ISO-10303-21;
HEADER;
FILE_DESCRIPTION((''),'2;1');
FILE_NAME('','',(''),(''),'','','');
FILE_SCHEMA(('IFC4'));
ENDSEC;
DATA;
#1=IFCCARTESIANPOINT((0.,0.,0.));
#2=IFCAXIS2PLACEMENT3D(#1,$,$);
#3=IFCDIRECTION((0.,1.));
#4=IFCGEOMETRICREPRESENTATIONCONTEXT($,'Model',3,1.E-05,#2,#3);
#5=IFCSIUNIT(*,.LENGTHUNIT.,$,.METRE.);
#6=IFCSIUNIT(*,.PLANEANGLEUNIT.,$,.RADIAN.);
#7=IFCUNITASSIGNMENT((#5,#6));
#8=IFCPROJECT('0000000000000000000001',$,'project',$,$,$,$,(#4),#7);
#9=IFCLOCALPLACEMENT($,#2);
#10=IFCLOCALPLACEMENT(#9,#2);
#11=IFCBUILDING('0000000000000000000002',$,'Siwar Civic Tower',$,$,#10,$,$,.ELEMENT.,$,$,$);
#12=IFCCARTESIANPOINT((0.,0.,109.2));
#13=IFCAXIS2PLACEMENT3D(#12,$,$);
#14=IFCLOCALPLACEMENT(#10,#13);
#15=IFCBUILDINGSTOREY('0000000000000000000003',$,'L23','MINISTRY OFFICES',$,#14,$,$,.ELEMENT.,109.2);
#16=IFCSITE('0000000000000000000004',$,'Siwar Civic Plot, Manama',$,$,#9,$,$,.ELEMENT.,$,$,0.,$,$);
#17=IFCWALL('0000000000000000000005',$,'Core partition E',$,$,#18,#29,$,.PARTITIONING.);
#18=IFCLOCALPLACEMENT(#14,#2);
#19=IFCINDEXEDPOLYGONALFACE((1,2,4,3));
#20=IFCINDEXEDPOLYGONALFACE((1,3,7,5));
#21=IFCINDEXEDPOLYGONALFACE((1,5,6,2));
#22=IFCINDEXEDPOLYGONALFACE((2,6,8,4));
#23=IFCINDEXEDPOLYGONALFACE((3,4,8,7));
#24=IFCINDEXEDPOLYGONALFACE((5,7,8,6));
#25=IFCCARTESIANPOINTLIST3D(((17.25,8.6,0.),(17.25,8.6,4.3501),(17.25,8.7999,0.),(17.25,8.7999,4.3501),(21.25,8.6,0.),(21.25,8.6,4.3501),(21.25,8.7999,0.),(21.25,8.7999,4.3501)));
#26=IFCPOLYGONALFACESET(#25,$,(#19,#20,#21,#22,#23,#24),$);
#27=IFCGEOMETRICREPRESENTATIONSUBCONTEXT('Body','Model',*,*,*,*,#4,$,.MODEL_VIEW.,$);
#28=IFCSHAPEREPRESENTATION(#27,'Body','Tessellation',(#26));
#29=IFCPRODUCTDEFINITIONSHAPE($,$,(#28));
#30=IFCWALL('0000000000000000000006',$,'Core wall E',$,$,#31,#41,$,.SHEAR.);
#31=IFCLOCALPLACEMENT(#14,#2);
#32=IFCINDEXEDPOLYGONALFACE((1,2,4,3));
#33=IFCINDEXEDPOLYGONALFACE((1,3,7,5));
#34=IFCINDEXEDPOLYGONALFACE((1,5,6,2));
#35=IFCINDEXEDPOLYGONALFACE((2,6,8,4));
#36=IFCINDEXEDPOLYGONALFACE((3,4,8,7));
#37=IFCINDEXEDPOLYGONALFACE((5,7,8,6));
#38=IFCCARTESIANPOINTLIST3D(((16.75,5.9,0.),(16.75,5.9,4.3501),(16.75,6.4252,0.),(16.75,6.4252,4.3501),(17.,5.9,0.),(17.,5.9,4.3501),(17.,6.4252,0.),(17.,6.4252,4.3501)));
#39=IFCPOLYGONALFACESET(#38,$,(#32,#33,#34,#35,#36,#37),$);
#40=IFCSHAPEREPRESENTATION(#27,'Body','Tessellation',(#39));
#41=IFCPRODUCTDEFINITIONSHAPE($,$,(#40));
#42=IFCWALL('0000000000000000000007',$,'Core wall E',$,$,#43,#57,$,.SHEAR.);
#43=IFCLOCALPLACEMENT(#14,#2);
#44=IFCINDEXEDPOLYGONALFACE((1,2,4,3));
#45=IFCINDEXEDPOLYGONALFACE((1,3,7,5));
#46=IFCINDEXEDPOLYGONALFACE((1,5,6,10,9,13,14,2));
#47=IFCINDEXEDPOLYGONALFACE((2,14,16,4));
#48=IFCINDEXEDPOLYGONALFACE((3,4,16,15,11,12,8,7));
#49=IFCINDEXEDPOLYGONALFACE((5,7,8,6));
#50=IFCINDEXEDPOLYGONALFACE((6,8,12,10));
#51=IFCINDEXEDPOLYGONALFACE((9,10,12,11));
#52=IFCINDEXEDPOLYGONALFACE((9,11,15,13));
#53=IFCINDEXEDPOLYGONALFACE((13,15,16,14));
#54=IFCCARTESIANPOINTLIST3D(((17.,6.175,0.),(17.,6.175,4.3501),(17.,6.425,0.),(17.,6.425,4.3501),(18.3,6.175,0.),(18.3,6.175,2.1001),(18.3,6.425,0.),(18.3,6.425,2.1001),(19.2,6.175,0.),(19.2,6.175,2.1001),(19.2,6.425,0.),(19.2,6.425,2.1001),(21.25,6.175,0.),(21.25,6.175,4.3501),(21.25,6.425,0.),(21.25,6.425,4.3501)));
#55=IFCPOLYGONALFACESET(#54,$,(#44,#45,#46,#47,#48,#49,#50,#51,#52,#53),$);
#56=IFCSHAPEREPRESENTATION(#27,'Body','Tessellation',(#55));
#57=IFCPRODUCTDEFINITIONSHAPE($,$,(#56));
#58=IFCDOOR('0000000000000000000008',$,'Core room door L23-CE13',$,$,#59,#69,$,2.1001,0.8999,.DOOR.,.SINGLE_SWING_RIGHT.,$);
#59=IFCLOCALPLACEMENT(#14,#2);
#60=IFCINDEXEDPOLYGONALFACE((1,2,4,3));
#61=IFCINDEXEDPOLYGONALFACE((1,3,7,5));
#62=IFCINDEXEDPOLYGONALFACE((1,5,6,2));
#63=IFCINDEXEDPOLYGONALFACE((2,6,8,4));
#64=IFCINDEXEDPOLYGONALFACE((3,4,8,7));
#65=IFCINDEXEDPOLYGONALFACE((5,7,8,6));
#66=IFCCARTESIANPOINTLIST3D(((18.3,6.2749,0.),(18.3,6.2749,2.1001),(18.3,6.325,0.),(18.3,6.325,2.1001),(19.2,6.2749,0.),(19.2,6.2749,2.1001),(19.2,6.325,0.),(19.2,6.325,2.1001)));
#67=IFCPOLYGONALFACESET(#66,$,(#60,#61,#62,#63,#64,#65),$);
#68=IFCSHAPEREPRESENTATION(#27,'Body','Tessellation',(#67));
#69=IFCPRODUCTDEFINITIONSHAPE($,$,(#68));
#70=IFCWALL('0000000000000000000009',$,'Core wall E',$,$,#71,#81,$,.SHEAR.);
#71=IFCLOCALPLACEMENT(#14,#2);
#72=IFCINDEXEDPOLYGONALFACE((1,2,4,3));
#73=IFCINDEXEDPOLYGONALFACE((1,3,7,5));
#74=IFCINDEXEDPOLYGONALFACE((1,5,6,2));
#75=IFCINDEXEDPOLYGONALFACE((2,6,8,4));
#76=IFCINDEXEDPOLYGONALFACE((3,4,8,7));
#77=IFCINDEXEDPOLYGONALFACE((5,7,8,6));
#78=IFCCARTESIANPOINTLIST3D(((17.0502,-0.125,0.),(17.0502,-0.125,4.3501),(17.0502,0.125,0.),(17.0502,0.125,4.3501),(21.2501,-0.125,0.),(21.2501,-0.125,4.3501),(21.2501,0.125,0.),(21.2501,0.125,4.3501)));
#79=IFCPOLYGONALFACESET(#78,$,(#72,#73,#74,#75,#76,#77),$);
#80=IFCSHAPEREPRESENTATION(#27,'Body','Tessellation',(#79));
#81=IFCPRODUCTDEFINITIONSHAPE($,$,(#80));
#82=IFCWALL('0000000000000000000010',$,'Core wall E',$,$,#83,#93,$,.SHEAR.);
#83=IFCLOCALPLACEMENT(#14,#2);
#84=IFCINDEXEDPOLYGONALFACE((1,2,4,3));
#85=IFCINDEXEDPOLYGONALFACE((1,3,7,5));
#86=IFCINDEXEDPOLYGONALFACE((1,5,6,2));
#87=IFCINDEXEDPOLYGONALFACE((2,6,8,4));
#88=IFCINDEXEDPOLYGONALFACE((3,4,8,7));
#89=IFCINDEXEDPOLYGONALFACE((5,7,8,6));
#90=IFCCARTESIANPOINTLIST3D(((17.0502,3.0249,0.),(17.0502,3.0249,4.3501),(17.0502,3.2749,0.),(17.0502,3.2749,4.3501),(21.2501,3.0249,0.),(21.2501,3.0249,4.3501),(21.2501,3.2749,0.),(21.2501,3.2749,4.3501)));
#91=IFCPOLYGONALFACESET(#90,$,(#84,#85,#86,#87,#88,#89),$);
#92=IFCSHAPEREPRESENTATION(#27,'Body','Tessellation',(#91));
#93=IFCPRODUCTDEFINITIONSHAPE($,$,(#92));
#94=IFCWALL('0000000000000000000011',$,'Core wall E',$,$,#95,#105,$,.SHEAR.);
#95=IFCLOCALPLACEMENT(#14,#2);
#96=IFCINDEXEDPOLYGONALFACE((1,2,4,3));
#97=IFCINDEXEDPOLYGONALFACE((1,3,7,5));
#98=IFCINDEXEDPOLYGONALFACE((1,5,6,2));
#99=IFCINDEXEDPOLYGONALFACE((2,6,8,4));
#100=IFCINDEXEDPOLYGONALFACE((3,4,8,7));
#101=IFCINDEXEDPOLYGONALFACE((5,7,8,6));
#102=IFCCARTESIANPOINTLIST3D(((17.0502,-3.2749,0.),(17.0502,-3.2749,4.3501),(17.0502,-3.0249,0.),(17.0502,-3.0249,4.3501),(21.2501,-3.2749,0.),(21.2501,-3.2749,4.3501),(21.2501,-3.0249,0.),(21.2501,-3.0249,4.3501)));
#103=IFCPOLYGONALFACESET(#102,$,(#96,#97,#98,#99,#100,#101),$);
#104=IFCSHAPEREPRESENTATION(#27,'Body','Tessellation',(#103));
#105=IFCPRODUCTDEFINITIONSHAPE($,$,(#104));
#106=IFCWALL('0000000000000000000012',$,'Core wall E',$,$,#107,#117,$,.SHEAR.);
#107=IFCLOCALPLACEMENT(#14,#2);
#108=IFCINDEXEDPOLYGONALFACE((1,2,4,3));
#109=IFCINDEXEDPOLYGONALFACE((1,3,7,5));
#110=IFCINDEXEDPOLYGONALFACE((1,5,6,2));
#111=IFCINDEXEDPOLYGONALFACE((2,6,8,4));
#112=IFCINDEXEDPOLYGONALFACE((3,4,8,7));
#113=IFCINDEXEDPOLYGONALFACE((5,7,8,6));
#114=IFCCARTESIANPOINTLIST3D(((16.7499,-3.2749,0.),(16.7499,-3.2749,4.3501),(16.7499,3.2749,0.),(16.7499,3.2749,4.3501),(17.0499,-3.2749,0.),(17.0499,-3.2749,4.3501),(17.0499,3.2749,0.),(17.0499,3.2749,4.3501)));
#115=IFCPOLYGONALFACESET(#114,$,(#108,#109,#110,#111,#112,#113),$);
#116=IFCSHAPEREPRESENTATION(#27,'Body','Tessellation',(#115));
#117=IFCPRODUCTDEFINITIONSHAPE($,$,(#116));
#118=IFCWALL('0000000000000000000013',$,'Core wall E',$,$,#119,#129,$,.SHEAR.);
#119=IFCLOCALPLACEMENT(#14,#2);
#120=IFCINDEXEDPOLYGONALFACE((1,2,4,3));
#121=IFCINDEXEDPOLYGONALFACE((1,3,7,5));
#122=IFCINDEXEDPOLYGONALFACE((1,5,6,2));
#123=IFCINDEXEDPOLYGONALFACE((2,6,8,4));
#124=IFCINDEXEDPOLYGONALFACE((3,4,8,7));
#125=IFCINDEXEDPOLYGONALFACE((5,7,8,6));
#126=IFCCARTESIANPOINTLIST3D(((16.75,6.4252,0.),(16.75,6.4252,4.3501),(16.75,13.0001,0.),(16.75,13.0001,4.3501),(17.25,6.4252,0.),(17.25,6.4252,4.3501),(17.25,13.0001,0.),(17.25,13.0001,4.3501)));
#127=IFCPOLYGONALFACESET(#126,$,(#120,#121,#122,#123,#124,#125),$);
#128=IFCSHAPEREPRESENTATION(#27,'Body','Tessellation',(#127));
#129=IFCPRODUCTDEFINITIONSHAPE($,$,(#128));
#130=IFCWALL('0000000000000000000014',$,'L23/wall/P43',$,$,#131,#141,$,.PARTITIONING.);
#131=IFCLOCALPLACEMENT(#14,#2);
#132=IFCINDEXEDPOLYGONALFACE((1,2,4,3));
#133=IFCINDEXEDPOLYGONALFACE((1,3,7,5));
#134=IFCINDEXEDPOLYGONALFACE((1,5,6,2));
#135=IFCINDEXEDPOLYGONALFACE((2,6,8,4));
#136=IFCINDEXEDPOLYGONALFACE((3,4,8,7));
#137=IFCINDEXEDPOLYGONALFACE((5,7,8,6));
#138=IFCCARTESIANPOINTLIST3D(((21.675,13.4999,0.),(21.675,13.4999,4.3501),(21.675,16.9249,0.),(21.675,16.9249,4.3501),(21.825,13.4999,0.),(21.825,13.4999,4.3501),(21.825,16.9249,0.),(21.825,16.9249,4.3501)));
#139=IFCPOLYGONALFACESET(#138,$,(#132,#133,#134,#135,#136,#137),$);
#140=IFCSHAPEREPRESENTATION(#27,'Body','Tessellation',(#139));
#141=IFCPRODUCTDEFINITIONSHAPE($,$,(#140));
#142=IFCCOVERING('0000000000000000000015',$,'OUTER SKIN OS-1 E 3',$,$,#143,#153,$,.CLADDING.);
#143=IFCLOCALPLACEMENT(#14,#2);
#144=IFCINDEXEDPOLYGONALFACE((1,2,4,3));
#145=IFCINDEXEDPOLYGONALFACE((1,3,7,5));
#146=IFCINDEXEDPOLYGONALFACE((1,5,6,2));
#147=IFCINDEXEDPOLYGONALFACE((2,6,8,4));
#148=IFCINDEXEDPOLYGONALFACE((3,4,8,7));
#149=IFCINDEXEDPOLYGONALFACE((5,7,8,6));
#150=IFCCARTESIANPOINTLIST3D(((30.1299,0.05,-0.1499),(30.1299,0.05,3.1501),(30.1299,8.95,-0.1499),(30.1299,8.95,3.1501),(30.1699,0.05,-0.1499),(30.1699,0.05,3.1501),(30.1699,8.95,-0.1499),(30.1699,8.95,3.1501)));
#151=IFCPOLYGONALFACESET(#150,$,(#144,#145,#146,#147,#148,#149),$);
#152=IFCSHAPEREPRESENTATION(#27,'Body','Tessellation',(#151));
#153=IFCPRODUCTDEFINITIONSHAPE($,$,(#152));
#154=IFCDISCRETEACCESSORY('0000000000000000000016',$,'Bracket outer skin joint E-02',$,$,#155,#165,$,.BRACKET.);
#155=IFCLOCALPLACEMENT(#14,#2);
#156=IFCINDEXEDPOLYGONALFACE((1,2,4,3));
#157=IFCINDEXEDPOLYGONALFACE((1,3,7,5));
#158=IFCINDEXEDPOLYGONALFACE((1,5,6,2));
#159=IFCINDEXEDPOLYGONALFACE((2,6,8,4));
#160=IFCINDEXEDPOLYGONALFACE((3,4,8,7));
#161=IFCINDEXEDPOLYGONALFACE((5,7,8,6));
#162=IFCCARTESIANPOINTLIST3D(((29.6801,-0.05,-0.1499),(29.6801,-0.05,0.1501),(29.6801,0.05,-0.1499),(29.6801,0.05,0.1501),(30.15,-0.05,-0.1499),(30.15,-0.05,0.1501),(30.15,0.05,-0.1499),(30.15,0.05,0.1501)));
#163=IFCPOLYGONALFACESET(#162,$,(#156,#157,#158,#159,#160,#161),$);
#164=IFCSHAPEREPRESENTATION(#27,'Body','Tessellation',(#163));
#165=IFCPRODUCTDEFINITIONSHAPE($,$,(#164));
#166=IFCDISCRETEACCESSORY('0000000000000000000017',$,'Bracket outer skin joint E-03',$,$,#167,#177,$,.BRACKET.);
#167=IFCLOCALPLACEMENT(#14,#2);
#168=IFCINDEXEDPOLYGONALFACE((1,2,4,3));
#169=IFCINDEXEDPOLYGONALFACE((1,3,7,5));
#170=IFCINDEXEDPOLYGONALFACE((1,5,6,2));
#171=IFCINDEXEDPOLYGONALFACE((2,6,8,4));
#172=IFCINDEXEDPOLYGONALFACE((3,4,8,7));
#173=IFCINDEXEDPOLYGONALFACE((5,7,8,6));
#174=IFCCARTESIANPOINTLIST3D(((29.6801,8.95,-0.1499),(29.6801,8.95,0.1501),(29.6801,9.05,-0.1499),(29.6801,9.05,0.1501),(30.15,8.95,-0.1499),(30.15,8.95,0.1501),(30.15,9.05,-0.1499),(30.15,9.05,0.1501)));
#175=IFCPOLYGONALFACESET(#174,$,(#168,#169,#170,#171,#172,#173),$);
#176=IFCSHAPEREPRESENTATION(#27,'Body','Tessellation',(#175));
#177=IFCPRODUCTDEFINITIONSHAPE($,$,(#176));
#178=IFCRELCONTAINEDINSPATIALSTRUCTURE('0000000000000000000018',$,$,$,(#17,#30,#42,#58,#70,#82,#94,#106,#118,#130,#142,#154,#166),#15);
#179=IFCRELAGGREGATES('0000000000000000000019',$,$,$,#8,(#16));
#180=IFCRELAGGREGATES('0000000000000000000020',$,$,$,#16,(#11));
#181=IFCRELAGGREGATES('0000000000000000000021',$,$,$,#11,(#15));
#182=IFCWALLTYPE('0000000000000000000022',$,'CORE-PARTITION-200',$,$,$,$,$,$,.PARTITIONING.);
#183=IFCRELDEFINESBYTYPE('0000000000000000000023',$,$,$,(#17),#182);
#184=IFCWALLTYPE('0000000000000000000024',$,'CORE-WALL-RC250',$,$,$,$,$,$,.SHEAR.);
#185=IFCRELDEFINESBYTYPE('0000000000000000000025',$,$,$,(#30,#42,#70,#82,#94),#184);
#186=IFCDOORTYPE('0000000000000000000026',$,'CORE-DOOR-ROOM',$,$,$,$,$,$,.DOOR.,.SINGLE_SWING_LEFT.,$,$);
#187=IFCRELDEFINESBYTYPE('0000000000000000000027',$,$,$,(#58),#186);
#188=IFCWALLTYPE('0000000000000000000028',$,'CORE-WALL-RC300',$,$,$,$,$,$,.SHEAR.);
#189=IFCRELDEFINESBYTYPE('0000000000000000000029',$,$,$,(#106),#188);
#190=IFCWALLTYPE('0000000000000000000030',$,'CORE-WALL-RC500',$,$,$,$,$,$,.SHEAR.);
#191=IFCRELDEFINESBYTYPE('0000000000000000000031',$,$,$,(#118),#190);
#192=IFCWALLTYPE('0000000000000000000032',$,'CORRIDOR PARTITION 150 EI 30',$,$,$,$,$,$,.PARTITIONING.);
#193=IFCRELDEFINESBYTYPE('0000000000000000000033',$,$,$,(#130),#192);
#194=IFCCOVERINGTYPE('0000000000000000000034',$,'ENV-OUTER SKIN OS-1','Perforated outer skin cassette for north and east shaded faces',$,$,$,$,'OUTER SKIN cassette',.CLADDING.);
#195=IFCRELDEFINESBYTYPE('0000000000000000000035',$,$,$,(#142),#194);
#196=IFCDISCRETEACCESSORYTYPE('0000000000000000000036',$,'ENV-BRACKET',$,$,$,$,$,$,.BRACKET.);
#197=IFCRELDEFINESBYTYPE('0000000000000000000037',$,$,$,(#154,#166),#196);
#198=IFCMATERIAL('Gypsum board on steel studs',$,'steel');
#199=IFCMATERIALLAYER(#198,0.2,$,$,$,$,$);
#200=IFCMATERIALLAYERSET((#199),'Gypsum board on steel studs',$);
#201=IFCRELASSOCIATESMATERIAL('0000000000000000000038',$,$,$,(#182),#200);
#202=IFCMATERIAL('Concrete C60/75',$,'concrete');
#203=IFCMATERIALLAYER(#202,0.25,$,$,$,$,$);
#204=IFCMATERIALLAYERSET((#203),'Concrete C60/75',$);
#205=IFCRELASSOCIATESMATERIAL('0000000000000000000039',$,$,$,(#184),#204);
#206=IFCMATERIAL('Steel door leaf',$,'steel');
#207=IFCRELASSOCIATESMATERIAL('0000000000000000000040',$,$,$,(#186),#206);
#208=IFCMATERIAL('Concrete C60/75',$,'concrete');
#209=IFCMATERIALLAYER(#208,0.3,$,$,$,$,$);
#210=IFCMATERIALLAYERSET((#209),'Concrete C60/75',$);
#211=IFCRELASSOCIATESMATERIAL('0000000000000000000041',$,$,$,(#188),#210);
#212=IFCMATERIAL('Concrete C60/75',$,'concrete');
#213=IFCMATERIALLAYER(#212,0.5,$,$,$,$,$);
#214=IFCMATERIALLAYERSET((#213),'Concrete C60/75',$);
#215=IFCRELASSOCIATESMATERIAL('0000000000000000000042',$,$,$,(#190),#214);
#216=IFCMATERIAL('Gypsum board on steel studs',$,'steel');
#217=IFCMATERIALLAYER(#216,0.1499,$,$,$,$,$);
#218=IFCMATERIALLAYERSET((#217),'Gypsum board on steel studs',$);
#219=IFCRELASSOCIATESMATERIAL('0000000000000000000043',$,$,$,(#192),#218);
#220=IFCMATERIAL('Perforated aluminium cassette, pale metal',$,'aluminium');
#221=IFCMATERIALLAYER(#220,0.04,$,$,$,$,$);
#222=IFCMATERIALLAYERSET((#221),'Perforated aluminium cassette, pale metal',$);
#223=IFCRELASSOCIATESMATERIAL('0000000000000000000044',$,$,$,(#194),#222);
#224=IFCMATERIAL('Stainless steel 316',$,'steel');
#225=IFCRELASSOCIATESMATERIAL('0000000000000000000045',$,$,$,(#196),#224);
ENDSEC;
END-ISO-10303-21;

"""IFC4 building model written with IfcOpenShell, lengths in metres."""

from ifc_helpers import new_model, si_unit, direction, frame, frame_2d, origin, origin_2d, place, context, subcontext, project, spatial, rectangle, extrude, material, layer, layer_set, type_object, element, fill, save


model = new_model("IFC4")

# Units and contexts
model_context = context("Model", 3, precision=1e-05, world=origin(), true_north=direction((0.0, 1.0)))
body_context = subcontext(model_context, "Body", "Model", "MODEL_VIEW")
ifc_project = project(units=[si_unit("LENGTHUNIT", "METRE"), si_unit("PLANEANGLEUNIT", "RADIAN")], contexts=[model_context])

# Site, building, storey
site_placement = place(None, origin())
site = spatial("IfcSite", under=ifc_project, at=site_placement, Name="Siwar Civic Plot, Manama", CompositionType="ELEMENT", RefElevation=0.0)
building_placement = place(site_placement, origin())
building = spatial("IfcBuilding", under=site, at=building_placement, Name="Siwar Civic Tower", CompositionType="ELEMENT")
storey_placement = place(building_placement, frame((0.0, 0.0, 109.2)))
storey = spatial("IfcBuildingStorey", under=building, at=storey_placement, Name="L23", Description="MINISTRY OFFICES", CompositionType="ELEMENT", Elevation=109.2)

# Walls
ifc_material_1 = material(Name="Gypsum board on steel studs", Category="steel")
ifc_layer_1 = layer(ifc_material_1, 0.2)
ifc_layer_set_1 = layer_set([ifc_layer_1], Name="Gypsum board on steel studs")
wall_type_1 = type_object("IfcWallType", Name="CORE-PARTITION-200", PredefinedType="PARTITIONING", material=ifc_layer_set_1)
wall_1_placement = place(storey_placement, frame((17.25, 8.7, 0.0), z_axis=(0.0, 0.0, 1.0), x_axis=(1.0, 0.0, 0.0)))
element("IfcWall", 1, at=wall_1_placement, inside=storey, type_object=wall_type_1, Name="Core partition E", PredefinedType="PARTITIONING", context=body_context, shape_type="SweptSolid", body=[
    extrude(rectangle(XDim=4.0, YDim=0.2, at=frame_2d((2.0, 0.0))), origin(), (0.0, 0.0, 1.0), 4.3501),
])
ifc_material_2 = material(Name="Concrete C60/75", Category="concrete")
ifc_layer_2 = layer(ifc_material_2, 0.25)
ifc_layer_set_2 = layer_set([ifc_layer_2], Name="Concrete C60/75")
wall_type_2 = type_object("IfcWallType", Name="CORE-WALL-RC250", PredefinedType="SHEAR", material=ifc_layer_set_2)
wall_2_placement = place(storey_placement, frame((16.875, 5.8999, 0.0), z_axis=(0.0, 0.0, 1.0), x_axis=(0.0, 1.0, 0.0)))
element("IfcWall", 2, at=wall_2_placement, inside=storey, type_object=wall_type_2, Name="Core wall E", PredefinedType="SHEAR", context=body_context, shape_type="SweptSolid", body=[
    extrude(rectangle(XDim=0.5251, YDim=0.25, at=frame_2d((0.2627, 0.0))), origin(), (0.0, 0.0, 1.0), 4.3501),
])

# Wall, opening, door
wall_3_placement = place(storey_placement, frame((17.0, 6.3, 0.0), z_axis=(0.0, 0.0, 1.0), x_axis=(1.0, 0.0, 0.0)))
wall_3 = element("IfcWall", 3, at=wall_3_placement, inside=storey, type_object=wall_type_2, Name="Core wall E", PredefinedType="SHEAR", context=body_context, shape_type="SweptSolid", body=[
    extrude(rectangle(XDim=4.25, YDim=0.25, at=frame_2d((2.125, 0.0))), origin(), (0.0, 0.0, 1.0), 4.3501),
])
opening_placement = place(wall_3_placement, frame((1.3, 0.0, 0.0)))
opening = element("IfcOpeningElement", 4, at=opening_placement, cuts=wall_3, PredefinedType="OPENING", context=body_context, shape_type="SweptSolid", body=[
    extrude(rectangle(XDim=0.8999, YDim=2.1001, at=frame_2d((0.45, 1.05))), frame((0.0, 0.135, 0.0), z_axis=(0.0, -1.0, 0.0), x_axis=(1.0, 0.0, 0.0)), (0.0, 0.0, 1.0), 0.27),
])
ifc_material_3 = material(Name="Steel door leaf", Category="steel")
door_type = type_object("IfcDoorType", Name="CORE-DOOR-ROOM", OperationType="SINGLE_SWING_LEFT", PredefinedType="DOOR", material=ifc_material_3)
door_placement = place(opening_placement, origin())
door = element("IfcDoor", 5, at=door_placement, inside=storey, type_object=door_type, Name="Core room door L23-CE13", OperationType="SINGLE_SWING_RIGHT", OverallHeight=2.1001, OverallWidth=0.8999, PredefinedType="DOOR", context=body_context, shape_type="SweptSolid", body=[
    extrude(rectangle(XDim=0.8999, YDim=2.1001, at=frame_2d((0.45, 1.05))), frame((0.0, 0.0249, 0.0), z_axis=(0.0, -1.0, 0.0), x_axis=(1.0, 0.0, 0.0)), (0.0, 0.0, 1.0), 0.05),
])
fill(opening, door)

# Walls
for number, where, z_axis, x_axis, name in (
    (6, (17.05, 0.0, 0.0), (0.0, 0.0, 1.0), (1.0, 0.0, 0.0), "Core wall E"),
    (7, (17.05, 3.1499, 0.0), (0.0, 0.0, 1.0), (1.0, 0.0, 0.0), "Core wall E"),
    (8, (17.05, -3.1499, 0.0), (0.0, 0.0, 1.0), (1.0, 0.0, 0.0), "Core wall E"),
):
    element("IfcWall", number, at=place(storey_placement, frame(where, z_axis=z_axis, x_axis=x_axis)), inside=storey, type_object=wall_type_2, Name=name, PredefinedType="SHEAR", context=body_context, shape_type="SweptSolid", body=[
        extrude(rectangle(XDim=4.2, YDim=0.25, at=frame_2d((2.1001, 0.0))), origin(), (0.0, 0.0, 1.0), 4.3501),
    ])
ifc_material_4 = material(Name="Concrete C60/75", Category="concrete")
ifc_layer_3 = layer(ifc_material_4, 0.3)
ifc_layer_set_3 = layer_set([ifc_layer_3], Name="Concrete C60/75")
wall_type_3 = type_object("IfcWallType", Name="CORE-WALL-RC300", PredefinedType="SHEAR", material=ifc_layer_set_3)
wall_4_placement = place(storey_placement, frame((16.8999, -3.2749, 0.0), z_axis=(0.0, 0.0, 1.0), x_axis=(0.0, 1.0, 0.0)))
element("IfcWall", 9, at=wall_4_placement, inside=storey, type_object=wall_type_3, Name="Core wall E", PredefinedType="SHEAR", context=body_context, shape_type="SweptSolid", body=[
    extrude(rectangle(XDim=6.5498, YDim=0.3, at=frame_2d((3.2749, 0.0))), origin(), (0.0, 0.0, 1.0), 4.3501),
])
ifc_material_5 = material(Name="Concrete C60/75", Category="concrete")
ifc_layer_4 = layer(ifc_material_5, 0.5)
ifc_layer_set_4 = layer_set([ifc_layer_4], Name="Concrete C60/75")
wall_type_4 = type_object("IfcWallType", Name="CORE-WALL-RC500", PredefinedType="SHEAR", material=ifc_layer_set_4)
wall_5_placement = place(storey_placement, frame((17.0, 6.425, 0.0), z_axis=(0.0, 0.0, 1.0), x_axis=(0.0, 1.0, 0.0)))
element("IfcWall", 10, at=wall_5_placement, inside=storey, type_object=wall_type_4, Name="Core wall E", PredefinedType="SHEAR", context=body_context, shape_type="SweptSolid", body=[
    extrude(rectangle(XDim=6.575, YDim=0.5, at=frame_2d((3.2876, 0.0))), origin(), (0.0, 0.0, 1.0), 4.3501),
])
ifc_material_6 = material(Name="Gypsum board on steel studs", Category="steel")
ifc_layer_5 = layer(ifc_material_6, 0.1499)
ifc_layer_set_5 = layer_set([ifc_layer_5], Name="Gypsum board on steel studs")
wall_type_5 = type_object("IfcWallType", Name="CORRIDOR PARTITION 150 EI 30", PredefinedType="PARTITIONING", material=ifc_layer_set_5)
wall_6_placement = place(storey_placement, frame((21.75, 13.5, 0.0), z_axis=(0.0, 0.0, 1.0), x_axis=(0.0, 1.0, 0.0)))
element("IfcWall", 11, at=wall_6_placement, inside=storey, type_object=wall_type_5, Name="L23/wall/P43", PredefinedType="PARTITIONING", context=body_context, shape_type="SweptSolid", body=[
    extrude(rectangle(XDim=3.425, YDim=0.1499, at=frame_2d((1.7124, 0.0))), origin(), (0.0, 0.0, 1.0), 4.3501),
])

# Covering
ifc_material_7 = material(Name="Perforated aluminium cassette, pale metal", Category="aluminium")
ifc_layer_6 = layer(ifc_material_7, 0.04)
ifc_layer_set_6 = layer_set([ifc_layer_6], Name="Perforated aluminium cassette, pale metal")
covering_type = type_object("IfcCoveringType", Name="ENV-OUTER SKIN OS-1", Description="Perforated outer skin cassette for north and east shaded faces", ElementType="OUTER SKIN cassette", PredefinedType="CLADDING", material=ifc_layer_set_6)
covering_placement = place(storey_placement, frame((30.1499, 4.5, -0.1499), z_axis=(0.0, 0.0, 1.0), x_axis=(0.0, 1.0, 0.0)))
element("IfcCovering", 12, at=covering_placement, inside=storey, type_object=covering_type, Name="OUTER SKIN OS-1 E 3", PredefinedType="CLADDING", context=body_context, shape_type="SweptSolid", body=[
    extrude(rectangle(XDim=8.8999, YDim=0.04, at=origin_2d()), origin(), (0.0, 0.0, 1.0), 3.3),
])

# Discrete accessories
ifc_material_8 = material(Name="Stainless steel 316", Category="steel")
discrete_accessory_type = type_object("IfcDiscreteAccessoryType", Name="ENV-BRACKET", PredefinedType="BRACKET", material=ifc_material_8)
for number, where, z_axis, x_axis, name in (
    (13, (29.915, 0.0, -0.1499), (0.0, 0.0, 1.0), (1.0, 0.0, 0.0), "Bracket outer skin joint E-02"),
    (14, (29.915, 9.0, -0.1499), (0.0, 0.0, 1.0), (1.0, 0.0, 0.0), "Bracket outer skin joint E-03"),
):
    element("IfcDiscreteAccessory", number, at=place(storey_placement, frame(where, z_axis=z_axis, x_axis=x_axis)), inside=storey, type_object=discrete_accessory_type, Name=name, PredefinedType="BRACKET", context=body_context, shape_type="SweptSolid", body=[
        extrude(rectangle(XDim=0.47, YDim=0.1001, at=origin_2d()), origin(), (0.0, 0.0, 1.0), 0.3),
    ])

save(model, "model.ifc")
